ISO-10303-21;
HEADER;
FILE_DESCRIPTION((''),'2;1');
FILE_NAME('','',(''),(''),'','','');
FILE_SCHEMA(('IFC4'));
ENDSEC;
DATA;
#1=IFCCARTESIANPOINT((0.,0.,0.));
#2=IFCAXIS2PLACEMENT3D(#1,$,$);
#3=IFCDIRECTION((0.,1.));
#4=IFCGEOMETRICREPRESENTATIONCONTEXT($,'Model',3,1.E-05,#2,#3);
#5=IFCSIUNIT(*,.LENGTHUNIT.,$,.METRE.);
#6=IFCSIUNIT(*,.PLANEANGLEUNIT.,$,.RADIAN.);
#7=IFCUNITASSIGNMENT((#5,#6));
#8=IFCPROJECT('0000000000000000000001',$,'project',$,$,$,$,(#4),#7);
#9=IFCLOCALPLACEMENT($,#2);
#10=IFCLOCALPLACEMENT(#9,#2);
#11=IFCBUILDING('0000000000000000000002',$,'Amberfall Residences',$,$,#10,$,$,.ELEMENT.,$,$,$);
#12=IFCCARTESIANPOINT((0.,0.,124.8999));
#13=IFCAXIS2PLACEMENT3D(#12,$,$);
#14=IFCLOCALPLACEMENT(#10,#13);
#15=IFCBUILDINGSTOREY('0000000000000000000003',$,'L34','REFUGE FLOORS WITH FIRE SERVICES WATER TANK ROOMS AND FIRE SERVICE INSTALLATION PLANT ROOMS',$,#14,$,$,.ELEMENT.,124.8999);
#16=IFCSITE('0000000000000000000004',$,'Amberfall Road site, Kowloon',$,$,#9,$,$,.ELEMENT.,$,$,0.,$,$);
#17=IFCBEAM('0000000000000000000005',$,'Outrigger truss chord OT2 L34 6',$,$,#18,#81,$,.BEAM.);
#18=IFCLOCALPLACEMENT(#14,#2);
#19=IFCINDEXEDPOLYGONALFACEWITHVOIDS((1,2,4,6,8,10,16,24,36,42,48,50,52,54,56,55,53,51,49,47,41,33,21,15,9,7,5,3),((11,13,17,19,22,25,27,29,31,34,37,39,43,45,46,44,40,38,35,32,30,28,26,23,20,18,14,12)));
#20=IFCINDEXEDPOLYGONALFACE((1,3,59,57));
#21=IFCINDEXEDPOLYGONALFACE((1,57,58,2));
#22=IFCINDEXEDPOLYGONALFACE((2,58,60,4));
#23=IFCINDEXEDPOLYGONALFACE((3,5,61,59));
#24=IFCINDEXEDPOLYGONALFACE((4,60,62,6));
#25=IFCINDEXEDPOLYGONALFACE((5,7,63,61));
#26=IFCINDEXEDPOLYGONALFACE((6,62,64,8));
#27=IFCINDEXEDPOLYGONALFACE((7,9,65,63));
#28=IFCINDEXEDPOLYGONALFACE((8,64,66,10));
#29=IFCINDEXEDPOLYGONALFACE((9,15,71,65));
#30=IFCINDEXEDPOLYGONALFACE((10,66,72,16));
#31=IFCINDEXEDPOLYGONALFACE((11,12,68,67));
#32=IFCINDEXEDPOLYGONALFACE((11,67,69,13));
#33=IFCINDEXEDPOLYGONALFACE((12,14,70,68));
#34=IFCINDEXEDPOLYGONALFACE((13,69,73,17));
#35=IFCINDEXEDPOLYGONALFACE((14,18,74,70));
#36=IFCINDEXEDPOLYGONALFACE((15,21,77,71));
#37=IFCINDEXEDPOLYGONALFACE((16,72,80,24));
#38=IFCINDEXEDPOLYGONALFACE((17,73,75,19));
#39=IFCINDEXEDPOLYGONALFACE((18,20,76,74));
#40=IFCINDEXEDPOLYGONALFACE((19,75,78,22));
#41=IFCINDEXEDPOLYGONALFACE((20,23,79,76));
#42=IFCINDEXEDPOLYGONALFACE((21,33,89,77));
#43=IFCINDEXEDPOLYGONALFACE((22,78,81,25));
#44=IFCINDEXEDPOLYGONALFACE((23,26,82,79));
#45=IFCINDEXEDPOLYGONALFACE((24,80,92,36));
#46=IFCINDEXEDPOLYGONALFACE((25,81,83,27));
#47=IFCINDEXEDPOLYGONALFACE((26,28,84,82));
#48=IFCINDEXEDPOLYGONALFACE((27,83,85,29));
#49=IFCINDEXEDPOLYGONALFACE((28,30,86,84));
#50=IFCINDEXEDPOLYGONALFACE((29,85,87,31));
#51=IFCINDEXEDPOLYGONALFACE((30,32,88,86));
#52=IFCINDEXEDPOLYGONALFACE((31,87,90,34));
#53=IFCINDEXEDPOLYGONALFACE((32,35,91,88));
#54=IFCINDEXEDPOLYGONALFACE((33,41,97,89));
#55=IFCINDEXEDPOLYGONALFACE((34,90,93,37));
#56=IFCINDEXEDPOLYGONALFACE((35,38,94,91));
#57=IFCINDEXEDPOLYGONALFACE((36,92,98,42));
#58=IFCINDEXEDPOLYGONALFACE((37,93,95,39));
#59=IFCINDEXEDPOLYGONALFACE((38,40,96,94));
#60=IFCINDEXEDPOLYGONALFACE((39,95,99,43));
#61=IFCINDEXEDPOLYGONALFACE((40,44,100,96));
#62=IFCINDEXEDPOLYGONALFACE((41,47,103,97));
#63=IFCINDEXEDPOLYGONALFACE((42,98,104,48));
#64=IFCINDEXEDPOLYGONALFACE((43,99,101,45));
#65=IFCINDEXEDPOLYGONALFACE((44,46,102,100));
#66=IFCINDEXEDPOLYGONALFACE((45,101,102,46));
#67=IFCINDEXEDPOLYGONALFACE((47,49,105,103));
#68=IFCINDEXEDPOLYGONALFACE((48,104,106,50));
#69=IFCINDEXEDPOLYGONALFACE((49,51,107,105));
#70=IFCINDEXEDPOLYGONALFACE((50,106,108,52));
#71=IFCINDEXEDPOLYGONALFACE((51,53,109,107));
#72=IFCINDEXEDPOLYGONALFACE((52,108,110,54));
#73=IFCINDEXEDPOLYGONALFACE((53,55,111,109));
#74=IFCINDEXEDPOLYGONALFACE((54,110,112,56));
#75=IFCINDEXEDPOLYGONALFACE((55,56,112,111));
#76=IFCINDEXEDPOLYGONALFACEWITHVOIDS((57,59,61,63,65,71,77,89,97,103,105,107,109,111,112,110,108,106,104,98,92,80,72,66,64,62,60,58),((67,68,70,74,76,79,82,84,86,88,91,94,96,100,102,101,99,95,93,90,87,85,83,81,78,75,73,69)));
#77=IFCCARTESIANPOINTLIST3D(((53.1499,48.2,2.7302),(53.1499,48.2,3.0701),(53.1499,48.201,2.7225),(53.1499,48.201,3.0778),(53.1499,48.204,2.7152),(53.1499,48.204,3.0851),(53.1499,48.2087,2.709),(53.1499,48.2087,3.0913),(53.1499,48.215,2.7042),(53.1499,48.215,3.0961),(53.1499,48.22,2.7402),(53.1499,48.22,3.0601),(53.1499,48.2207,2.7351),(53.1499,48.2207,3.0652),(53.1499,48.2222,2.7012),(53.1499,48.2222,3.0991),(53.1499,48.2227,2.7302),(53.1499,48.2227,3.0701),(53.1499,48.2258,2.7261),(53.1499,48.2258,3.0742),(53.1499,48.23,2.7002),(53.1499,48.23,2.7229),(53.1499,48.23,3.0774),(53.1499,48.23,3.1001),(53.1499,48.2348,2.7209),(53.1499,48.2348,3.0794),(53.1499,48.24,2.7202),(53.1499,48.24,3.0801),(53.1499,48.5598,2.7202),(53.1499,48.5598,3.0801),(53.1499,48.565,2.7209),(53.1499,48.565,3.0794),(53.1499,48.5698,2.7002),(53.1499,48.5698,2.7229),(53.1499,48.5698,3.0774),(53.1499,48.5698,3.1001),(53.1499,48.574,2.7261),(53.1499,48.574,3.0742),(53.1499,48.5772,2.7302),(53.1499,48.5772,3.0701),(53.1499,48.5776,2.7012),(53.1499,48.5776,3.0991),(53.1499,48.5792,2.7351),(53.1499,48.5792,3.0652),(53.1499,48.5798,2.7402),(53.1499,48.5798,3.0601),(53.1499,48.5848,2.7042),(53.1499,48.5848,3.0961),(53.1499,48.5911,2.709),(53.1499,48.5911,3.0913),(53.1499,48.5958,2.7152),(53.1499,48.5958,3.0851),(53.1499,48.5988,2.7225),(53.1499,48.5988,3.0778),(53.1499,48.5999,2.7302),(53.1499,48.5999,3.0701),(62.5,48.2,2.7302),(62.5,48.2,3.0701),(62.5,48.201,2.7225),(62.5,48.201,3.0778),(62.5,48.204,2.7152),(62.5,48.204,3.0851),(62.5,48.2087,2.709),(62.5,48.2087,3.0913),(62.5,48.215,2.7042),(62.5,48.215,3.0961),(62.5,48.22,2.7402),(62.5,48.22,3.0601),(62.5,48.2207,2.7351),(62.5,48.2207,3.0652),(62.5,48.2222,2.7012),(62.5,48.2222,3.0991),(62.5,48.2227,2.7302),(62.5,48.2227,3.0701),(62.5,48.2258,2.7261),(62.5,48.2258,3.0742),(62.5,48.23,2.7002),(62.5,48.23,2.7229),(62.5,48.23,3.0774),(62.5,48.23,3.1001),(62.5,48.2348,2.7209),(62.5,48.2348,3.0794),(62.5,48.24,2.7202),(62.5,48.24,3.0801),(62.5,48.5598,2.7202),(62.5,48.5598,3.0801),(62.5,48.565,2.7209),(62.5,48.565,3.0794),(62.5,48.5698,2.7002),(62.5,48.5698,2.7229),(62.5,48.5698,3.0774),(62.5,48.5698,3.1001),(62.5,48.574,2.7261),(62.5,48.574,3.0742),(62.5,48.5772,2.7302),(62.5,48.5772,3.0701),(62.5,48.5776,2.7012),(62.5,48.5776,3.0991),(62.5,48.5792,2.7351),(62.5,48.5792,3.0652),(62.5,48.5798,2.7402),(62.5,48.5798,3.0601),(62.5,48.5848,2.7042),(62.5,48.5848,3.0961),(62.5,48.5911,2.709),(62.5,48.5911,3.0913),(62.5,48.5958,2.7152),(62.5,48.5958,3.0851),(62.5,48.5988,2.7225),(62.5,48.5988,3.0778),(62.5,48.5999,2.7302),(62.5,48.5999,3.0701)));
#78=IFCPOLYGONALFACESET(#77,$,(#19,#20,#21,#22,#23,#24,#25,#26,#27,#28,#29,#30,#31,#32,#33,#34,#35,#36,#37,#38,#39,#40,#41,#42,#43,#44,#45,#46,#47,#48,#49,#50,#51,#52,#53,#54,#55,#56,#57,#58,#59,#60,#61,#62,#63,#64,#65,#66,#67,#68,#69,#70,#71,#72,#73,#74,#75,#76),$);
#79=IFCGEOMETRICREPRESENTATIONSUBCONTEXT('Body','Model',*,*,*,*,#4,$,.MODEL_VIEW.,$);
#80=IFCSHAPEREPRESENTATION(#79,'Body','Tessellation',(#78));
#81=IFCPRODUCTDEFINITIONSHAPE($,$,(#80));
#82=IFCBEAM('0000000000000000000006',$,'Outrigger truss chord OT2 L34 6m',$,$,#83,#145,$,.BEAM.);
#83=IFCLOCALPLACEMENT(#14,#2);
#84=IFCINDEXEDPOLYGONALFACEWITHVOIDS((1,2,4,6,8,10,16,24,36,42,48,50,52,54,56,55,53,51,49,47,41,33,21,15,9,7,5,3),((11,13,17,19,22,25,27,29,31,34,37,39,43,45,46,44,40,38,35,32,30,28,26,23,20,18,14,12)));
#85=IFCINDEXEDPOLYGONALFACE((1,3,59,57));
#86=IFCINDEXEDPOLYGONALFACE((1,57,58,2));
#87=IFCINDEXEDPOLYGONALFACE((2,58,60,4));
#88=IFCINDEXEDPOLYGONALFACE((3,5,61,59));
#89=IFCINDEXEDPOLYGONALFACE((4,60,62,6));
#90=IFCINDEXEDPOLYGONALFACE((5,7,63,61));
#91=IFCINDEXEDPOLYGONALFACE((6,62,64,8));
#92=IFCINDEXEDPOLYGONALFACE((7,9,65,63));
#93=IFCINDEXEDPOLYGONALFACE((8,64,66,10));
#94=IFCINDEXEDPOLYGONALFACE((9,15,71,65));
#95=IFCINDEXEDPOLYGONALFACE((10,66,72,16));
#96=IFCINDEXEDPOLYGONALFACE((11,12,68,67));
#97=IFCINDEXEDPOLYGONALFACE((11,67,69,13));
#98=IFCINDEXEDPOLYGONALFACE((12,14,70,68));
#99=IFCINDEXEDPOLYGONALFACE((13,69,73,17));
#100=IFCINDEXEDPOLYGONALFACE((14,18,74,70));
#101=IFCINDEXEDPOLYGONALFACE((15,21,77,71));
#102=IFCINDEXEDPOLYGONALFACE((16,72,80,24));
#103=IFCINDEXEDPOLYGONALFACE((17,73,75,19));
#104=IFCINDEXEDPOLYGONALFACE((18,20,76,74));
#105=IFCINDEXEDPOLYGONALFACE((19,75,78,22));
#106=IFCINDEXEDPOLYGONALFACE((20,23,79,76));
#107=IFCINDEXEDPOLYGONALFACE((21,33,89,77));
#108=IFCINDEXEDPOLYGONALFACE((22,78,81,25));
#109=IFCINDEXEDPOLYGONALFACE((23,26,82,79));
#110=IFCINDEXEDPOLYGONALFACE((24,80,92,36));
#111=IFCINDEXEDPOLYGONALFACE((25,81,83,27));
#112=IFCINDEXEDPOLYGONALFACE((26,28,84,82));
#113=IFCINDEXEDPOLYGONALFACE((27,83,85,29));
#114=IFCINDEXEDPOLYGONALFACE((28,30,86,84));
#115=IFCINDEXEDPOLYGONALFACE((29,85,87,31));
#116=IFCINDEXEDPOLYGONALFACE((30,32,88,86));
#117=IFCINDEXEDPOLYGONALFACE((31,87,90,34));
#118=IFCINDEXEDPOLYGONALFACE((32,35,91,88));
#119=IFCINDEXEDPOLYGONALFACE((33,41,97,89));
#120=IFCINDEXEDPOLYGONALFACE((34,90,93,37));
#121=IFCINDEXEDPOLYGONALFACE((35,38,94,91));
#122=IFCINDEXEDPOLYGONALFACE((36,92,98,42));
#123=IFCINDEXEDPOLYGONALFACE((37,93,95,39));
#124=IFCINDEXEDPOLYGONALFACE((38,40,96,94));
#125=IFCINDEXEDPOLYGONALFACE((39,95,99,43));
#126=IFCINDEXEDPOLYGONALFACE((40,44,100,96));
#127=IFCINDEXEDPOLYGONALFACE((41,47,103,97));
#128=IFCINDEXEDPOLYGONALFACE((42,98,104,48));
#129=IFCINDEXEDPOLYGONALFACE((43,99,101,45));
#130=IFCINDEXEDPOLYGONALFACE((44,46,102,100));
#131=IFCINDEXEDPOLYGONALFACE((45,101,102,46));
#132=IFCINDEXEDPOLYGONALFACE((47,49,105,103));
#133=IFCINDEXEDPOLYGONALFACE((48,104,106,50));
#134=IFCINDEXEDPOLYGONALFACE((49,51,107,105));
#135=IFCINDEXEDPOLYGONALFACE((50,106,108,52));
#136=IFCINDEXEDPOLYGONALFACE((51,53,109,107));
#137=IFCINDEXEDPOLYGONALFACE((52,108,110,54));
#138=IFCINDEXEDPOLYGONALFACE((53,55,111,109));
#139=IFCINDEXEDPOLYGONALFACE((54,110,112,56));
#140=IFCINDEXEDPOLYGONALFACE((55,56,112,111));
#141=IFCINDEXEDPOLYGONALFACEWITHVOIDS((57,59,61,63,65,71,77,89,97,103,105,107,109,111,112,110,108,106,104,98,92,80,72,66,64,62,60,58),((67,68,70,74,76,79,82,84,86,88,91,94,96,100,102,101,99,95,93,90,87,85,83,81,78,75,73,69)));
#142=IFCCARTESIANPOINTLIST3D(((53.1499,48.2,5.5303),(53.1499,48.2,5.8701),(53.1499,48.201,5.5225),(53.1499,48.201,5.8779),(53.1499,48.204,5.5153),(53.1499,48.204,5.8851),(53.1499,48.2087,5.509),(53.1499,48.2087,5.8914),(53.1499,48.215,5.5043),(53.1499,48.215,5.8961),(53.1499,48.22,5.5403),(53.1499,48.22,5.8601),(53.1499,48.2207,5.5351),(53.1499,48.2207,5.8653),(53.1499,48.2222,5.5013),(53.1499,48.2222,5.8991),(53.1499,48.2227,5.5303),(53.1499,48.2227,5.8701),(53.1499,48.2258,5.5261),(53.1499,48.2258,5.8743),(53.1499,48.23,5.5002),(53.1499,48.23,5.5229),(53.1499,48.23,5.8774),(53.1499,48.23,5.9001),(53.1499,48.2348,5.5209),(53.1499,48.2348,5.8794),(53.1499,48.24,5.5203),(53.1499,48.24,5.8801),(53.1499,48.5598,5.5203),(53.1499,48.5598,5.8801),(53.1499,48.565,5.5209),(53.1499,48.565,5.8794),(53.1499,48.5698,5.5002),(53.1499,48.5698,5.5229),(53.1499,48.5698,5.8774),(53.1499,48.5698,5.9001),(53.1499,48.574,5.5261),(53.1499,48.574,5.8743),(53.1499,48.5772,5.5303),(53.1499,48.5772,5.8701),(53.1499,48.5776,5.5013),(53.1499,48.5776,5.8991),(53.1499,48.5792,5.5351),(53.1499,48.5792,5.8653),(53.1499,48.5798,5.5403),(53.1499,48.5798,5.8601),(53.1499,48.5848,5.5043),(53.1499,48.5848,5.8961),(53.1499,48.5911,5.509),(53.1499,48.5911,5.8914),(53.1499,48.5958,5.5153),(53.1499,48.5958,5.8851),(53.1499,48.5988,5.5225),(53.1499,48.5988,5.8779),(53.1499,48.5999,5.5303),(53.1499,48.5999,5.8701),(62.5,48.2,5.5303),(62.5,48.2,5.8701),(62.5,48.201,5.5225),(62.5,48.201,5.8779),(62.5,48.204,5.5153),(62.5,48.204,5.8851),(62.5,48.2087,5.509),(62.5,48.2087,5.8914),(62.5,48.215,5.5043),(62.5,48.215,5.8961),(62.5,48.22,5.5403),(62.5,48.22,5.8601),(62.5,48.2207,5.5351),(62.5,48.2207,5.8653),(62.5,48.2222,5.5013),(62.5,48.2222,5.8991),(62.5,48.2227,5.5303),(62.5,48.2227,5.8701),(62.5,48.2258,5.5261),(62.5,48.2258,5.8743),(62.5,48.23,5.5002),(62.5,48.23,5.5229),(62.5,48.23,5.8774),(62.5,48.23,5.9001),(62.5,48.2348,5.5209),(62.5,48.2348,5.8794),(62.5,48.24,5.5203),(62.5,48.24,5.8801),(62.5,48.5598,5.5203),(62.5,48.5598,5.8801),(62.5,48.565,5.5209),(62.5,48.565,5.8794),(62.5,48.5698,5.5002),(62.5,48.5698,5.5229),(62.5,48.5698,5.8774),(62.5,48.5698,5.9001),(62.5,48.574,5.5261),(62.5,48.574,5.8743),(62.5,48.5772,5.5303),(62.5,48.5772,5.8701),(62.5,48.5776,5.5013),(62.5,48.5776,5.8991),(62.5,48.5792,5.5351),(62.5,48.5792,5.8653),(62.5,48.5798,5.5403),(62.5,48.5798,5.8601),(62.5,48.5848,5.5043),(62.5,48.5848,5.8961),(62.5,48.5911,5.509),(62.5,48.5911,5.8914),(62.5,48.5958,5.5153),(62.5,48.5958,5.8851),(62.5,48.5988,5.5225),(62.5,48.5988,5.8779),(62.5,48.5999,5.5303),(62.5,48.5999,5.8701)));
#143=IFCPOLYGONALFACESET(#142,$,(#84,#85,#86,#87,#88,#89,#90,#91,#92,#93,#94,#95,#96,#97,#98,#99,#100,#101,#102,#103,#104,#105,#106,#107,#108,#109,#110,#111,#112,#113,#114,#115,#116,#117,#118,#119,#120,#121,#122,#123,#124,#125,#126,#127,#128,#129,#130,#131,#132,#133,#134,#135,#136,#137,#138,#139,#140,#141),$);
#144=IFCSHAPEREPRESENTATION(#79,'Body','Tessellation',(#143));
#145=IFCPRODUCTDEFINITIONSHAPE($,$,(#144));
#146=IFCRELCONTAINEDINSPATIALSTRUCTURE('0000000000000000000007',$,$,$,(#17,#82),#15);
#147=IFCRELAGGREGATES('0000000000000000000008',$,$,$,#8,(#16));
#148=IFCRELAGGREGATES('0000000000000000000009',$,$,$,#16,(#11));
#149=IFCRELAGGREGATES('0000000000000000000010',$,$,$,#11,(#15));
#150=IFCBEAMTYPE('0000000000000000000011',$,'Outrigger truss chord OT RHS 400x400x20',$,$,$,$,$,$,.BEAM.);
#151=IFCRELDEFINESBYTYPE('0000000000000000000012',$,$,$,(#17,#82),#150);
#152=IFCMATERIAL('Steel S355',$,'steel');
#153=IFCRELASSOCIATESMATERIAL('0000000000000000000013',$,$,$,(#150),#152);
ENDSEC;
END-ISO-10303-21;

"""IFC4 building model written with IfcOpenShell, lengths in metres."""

from ifc_helpers import new_model, si_unit, direction, frame, origin, origin_2d, place, context, subcontext, project, spatial, hollow_rectangle, extrude, material, material_profile, profile_set, type_object, element, save


model = new_model("IFC4")

# Units and contexts
model_context = context("Model", 3, precision=1e-05, world=origin(), true_north=direction((0.0, 1.0)))
body_context = subcontext(model_context, "Body", "Model", "MODEL_VIEW")
ifc_project = project(units=[si_unit("LENGTHUNIT", "METRE"), si_unit("PLANEANGLEUNIT", "RADIAN")], contexts=[model_context])

# Site, building, storey
site_placement = place(None, origin())
site = spatial("IfcSite", under=ifc_project, at=site_placement, Name="Amberfall Road site, Kowloon", CompositionType="ELEMENT", RefElevation=0.0)
building_placement = place(site_placement, origin())
building = spatial("IfcBuilding", under=site, at=building_placement, Name="Amberfall Residences", CompositionType="ELEMENT")
storey_placement = place(building_placement, frame((0.0, 0.0, 124.8999)))
storey = spatial("IfcBuildingStorey", under=building, at=storey_placement, Name="L34", Description="REFUGE FLOORS WITH FIRE SERVICES WATER TANK ROOMS AND FIRE SERVICE INSTALLATION PLANT ROOMS", CompositionType="ELEMENT", Elevation=124.8999)

# Shared definitions
ifc_material_1 = material(Name="Steel S355", Category="steel")

# Beams
ifc_material_profile_1 = material_profile(ifc_material_1, hollow_rectangle(XDim=0.3999, YDim=0.3999, WallThickness=0.02, InnerFilletRadius=0.02, OuterFilletRadius=0.03, at=origin_2d()), Name="RHS 400x400x20")
ifc_profile_set_1 = profile_set([ifc_material_profile_1], Name="Steel S355")
beam_type_1 = type_object("IfcBeamType", Name="Outrigger truss chord OT RHS 400x400x20", PredefinedType="BEAM", material=ifc_profile_set_1)
for number, where, z_axis, x_axis, name in (
    (1, (53.1499, 48.3999, 2.9001), (1.0, 0.0, 0.0), (0.0, 1.0, 0.0), "Outrigger truss chord OT2 L34 6"),
    (2, (53.1499, 48.3999, 5.7002), (1.0, 0.0, 0.0), (0.0, 1.0, 0.0), "Outrigger truss chord OT2 L34 6m"),
):
    element("IfcBeam", number, at=place(storey_placement, frame(where, z_axis=z_axis, x_axis=x_axis)), inside=storey, type_object=beam_type_1, Name=name, PredefinedType="BEAM", context=body_context, shape_type="SweptSolid", body=[
        extrude(hollow_rectangle(XDim=0.3999, YDim=0.3999, WallThickness=0.02, InnerFilletRadius=0.02, OuterFilletRadius=0.03, at=origin_2d()), origin(), (0.0, 0.0, 1.0), 9.3501),
    ])

save(model, "model.ifc")
